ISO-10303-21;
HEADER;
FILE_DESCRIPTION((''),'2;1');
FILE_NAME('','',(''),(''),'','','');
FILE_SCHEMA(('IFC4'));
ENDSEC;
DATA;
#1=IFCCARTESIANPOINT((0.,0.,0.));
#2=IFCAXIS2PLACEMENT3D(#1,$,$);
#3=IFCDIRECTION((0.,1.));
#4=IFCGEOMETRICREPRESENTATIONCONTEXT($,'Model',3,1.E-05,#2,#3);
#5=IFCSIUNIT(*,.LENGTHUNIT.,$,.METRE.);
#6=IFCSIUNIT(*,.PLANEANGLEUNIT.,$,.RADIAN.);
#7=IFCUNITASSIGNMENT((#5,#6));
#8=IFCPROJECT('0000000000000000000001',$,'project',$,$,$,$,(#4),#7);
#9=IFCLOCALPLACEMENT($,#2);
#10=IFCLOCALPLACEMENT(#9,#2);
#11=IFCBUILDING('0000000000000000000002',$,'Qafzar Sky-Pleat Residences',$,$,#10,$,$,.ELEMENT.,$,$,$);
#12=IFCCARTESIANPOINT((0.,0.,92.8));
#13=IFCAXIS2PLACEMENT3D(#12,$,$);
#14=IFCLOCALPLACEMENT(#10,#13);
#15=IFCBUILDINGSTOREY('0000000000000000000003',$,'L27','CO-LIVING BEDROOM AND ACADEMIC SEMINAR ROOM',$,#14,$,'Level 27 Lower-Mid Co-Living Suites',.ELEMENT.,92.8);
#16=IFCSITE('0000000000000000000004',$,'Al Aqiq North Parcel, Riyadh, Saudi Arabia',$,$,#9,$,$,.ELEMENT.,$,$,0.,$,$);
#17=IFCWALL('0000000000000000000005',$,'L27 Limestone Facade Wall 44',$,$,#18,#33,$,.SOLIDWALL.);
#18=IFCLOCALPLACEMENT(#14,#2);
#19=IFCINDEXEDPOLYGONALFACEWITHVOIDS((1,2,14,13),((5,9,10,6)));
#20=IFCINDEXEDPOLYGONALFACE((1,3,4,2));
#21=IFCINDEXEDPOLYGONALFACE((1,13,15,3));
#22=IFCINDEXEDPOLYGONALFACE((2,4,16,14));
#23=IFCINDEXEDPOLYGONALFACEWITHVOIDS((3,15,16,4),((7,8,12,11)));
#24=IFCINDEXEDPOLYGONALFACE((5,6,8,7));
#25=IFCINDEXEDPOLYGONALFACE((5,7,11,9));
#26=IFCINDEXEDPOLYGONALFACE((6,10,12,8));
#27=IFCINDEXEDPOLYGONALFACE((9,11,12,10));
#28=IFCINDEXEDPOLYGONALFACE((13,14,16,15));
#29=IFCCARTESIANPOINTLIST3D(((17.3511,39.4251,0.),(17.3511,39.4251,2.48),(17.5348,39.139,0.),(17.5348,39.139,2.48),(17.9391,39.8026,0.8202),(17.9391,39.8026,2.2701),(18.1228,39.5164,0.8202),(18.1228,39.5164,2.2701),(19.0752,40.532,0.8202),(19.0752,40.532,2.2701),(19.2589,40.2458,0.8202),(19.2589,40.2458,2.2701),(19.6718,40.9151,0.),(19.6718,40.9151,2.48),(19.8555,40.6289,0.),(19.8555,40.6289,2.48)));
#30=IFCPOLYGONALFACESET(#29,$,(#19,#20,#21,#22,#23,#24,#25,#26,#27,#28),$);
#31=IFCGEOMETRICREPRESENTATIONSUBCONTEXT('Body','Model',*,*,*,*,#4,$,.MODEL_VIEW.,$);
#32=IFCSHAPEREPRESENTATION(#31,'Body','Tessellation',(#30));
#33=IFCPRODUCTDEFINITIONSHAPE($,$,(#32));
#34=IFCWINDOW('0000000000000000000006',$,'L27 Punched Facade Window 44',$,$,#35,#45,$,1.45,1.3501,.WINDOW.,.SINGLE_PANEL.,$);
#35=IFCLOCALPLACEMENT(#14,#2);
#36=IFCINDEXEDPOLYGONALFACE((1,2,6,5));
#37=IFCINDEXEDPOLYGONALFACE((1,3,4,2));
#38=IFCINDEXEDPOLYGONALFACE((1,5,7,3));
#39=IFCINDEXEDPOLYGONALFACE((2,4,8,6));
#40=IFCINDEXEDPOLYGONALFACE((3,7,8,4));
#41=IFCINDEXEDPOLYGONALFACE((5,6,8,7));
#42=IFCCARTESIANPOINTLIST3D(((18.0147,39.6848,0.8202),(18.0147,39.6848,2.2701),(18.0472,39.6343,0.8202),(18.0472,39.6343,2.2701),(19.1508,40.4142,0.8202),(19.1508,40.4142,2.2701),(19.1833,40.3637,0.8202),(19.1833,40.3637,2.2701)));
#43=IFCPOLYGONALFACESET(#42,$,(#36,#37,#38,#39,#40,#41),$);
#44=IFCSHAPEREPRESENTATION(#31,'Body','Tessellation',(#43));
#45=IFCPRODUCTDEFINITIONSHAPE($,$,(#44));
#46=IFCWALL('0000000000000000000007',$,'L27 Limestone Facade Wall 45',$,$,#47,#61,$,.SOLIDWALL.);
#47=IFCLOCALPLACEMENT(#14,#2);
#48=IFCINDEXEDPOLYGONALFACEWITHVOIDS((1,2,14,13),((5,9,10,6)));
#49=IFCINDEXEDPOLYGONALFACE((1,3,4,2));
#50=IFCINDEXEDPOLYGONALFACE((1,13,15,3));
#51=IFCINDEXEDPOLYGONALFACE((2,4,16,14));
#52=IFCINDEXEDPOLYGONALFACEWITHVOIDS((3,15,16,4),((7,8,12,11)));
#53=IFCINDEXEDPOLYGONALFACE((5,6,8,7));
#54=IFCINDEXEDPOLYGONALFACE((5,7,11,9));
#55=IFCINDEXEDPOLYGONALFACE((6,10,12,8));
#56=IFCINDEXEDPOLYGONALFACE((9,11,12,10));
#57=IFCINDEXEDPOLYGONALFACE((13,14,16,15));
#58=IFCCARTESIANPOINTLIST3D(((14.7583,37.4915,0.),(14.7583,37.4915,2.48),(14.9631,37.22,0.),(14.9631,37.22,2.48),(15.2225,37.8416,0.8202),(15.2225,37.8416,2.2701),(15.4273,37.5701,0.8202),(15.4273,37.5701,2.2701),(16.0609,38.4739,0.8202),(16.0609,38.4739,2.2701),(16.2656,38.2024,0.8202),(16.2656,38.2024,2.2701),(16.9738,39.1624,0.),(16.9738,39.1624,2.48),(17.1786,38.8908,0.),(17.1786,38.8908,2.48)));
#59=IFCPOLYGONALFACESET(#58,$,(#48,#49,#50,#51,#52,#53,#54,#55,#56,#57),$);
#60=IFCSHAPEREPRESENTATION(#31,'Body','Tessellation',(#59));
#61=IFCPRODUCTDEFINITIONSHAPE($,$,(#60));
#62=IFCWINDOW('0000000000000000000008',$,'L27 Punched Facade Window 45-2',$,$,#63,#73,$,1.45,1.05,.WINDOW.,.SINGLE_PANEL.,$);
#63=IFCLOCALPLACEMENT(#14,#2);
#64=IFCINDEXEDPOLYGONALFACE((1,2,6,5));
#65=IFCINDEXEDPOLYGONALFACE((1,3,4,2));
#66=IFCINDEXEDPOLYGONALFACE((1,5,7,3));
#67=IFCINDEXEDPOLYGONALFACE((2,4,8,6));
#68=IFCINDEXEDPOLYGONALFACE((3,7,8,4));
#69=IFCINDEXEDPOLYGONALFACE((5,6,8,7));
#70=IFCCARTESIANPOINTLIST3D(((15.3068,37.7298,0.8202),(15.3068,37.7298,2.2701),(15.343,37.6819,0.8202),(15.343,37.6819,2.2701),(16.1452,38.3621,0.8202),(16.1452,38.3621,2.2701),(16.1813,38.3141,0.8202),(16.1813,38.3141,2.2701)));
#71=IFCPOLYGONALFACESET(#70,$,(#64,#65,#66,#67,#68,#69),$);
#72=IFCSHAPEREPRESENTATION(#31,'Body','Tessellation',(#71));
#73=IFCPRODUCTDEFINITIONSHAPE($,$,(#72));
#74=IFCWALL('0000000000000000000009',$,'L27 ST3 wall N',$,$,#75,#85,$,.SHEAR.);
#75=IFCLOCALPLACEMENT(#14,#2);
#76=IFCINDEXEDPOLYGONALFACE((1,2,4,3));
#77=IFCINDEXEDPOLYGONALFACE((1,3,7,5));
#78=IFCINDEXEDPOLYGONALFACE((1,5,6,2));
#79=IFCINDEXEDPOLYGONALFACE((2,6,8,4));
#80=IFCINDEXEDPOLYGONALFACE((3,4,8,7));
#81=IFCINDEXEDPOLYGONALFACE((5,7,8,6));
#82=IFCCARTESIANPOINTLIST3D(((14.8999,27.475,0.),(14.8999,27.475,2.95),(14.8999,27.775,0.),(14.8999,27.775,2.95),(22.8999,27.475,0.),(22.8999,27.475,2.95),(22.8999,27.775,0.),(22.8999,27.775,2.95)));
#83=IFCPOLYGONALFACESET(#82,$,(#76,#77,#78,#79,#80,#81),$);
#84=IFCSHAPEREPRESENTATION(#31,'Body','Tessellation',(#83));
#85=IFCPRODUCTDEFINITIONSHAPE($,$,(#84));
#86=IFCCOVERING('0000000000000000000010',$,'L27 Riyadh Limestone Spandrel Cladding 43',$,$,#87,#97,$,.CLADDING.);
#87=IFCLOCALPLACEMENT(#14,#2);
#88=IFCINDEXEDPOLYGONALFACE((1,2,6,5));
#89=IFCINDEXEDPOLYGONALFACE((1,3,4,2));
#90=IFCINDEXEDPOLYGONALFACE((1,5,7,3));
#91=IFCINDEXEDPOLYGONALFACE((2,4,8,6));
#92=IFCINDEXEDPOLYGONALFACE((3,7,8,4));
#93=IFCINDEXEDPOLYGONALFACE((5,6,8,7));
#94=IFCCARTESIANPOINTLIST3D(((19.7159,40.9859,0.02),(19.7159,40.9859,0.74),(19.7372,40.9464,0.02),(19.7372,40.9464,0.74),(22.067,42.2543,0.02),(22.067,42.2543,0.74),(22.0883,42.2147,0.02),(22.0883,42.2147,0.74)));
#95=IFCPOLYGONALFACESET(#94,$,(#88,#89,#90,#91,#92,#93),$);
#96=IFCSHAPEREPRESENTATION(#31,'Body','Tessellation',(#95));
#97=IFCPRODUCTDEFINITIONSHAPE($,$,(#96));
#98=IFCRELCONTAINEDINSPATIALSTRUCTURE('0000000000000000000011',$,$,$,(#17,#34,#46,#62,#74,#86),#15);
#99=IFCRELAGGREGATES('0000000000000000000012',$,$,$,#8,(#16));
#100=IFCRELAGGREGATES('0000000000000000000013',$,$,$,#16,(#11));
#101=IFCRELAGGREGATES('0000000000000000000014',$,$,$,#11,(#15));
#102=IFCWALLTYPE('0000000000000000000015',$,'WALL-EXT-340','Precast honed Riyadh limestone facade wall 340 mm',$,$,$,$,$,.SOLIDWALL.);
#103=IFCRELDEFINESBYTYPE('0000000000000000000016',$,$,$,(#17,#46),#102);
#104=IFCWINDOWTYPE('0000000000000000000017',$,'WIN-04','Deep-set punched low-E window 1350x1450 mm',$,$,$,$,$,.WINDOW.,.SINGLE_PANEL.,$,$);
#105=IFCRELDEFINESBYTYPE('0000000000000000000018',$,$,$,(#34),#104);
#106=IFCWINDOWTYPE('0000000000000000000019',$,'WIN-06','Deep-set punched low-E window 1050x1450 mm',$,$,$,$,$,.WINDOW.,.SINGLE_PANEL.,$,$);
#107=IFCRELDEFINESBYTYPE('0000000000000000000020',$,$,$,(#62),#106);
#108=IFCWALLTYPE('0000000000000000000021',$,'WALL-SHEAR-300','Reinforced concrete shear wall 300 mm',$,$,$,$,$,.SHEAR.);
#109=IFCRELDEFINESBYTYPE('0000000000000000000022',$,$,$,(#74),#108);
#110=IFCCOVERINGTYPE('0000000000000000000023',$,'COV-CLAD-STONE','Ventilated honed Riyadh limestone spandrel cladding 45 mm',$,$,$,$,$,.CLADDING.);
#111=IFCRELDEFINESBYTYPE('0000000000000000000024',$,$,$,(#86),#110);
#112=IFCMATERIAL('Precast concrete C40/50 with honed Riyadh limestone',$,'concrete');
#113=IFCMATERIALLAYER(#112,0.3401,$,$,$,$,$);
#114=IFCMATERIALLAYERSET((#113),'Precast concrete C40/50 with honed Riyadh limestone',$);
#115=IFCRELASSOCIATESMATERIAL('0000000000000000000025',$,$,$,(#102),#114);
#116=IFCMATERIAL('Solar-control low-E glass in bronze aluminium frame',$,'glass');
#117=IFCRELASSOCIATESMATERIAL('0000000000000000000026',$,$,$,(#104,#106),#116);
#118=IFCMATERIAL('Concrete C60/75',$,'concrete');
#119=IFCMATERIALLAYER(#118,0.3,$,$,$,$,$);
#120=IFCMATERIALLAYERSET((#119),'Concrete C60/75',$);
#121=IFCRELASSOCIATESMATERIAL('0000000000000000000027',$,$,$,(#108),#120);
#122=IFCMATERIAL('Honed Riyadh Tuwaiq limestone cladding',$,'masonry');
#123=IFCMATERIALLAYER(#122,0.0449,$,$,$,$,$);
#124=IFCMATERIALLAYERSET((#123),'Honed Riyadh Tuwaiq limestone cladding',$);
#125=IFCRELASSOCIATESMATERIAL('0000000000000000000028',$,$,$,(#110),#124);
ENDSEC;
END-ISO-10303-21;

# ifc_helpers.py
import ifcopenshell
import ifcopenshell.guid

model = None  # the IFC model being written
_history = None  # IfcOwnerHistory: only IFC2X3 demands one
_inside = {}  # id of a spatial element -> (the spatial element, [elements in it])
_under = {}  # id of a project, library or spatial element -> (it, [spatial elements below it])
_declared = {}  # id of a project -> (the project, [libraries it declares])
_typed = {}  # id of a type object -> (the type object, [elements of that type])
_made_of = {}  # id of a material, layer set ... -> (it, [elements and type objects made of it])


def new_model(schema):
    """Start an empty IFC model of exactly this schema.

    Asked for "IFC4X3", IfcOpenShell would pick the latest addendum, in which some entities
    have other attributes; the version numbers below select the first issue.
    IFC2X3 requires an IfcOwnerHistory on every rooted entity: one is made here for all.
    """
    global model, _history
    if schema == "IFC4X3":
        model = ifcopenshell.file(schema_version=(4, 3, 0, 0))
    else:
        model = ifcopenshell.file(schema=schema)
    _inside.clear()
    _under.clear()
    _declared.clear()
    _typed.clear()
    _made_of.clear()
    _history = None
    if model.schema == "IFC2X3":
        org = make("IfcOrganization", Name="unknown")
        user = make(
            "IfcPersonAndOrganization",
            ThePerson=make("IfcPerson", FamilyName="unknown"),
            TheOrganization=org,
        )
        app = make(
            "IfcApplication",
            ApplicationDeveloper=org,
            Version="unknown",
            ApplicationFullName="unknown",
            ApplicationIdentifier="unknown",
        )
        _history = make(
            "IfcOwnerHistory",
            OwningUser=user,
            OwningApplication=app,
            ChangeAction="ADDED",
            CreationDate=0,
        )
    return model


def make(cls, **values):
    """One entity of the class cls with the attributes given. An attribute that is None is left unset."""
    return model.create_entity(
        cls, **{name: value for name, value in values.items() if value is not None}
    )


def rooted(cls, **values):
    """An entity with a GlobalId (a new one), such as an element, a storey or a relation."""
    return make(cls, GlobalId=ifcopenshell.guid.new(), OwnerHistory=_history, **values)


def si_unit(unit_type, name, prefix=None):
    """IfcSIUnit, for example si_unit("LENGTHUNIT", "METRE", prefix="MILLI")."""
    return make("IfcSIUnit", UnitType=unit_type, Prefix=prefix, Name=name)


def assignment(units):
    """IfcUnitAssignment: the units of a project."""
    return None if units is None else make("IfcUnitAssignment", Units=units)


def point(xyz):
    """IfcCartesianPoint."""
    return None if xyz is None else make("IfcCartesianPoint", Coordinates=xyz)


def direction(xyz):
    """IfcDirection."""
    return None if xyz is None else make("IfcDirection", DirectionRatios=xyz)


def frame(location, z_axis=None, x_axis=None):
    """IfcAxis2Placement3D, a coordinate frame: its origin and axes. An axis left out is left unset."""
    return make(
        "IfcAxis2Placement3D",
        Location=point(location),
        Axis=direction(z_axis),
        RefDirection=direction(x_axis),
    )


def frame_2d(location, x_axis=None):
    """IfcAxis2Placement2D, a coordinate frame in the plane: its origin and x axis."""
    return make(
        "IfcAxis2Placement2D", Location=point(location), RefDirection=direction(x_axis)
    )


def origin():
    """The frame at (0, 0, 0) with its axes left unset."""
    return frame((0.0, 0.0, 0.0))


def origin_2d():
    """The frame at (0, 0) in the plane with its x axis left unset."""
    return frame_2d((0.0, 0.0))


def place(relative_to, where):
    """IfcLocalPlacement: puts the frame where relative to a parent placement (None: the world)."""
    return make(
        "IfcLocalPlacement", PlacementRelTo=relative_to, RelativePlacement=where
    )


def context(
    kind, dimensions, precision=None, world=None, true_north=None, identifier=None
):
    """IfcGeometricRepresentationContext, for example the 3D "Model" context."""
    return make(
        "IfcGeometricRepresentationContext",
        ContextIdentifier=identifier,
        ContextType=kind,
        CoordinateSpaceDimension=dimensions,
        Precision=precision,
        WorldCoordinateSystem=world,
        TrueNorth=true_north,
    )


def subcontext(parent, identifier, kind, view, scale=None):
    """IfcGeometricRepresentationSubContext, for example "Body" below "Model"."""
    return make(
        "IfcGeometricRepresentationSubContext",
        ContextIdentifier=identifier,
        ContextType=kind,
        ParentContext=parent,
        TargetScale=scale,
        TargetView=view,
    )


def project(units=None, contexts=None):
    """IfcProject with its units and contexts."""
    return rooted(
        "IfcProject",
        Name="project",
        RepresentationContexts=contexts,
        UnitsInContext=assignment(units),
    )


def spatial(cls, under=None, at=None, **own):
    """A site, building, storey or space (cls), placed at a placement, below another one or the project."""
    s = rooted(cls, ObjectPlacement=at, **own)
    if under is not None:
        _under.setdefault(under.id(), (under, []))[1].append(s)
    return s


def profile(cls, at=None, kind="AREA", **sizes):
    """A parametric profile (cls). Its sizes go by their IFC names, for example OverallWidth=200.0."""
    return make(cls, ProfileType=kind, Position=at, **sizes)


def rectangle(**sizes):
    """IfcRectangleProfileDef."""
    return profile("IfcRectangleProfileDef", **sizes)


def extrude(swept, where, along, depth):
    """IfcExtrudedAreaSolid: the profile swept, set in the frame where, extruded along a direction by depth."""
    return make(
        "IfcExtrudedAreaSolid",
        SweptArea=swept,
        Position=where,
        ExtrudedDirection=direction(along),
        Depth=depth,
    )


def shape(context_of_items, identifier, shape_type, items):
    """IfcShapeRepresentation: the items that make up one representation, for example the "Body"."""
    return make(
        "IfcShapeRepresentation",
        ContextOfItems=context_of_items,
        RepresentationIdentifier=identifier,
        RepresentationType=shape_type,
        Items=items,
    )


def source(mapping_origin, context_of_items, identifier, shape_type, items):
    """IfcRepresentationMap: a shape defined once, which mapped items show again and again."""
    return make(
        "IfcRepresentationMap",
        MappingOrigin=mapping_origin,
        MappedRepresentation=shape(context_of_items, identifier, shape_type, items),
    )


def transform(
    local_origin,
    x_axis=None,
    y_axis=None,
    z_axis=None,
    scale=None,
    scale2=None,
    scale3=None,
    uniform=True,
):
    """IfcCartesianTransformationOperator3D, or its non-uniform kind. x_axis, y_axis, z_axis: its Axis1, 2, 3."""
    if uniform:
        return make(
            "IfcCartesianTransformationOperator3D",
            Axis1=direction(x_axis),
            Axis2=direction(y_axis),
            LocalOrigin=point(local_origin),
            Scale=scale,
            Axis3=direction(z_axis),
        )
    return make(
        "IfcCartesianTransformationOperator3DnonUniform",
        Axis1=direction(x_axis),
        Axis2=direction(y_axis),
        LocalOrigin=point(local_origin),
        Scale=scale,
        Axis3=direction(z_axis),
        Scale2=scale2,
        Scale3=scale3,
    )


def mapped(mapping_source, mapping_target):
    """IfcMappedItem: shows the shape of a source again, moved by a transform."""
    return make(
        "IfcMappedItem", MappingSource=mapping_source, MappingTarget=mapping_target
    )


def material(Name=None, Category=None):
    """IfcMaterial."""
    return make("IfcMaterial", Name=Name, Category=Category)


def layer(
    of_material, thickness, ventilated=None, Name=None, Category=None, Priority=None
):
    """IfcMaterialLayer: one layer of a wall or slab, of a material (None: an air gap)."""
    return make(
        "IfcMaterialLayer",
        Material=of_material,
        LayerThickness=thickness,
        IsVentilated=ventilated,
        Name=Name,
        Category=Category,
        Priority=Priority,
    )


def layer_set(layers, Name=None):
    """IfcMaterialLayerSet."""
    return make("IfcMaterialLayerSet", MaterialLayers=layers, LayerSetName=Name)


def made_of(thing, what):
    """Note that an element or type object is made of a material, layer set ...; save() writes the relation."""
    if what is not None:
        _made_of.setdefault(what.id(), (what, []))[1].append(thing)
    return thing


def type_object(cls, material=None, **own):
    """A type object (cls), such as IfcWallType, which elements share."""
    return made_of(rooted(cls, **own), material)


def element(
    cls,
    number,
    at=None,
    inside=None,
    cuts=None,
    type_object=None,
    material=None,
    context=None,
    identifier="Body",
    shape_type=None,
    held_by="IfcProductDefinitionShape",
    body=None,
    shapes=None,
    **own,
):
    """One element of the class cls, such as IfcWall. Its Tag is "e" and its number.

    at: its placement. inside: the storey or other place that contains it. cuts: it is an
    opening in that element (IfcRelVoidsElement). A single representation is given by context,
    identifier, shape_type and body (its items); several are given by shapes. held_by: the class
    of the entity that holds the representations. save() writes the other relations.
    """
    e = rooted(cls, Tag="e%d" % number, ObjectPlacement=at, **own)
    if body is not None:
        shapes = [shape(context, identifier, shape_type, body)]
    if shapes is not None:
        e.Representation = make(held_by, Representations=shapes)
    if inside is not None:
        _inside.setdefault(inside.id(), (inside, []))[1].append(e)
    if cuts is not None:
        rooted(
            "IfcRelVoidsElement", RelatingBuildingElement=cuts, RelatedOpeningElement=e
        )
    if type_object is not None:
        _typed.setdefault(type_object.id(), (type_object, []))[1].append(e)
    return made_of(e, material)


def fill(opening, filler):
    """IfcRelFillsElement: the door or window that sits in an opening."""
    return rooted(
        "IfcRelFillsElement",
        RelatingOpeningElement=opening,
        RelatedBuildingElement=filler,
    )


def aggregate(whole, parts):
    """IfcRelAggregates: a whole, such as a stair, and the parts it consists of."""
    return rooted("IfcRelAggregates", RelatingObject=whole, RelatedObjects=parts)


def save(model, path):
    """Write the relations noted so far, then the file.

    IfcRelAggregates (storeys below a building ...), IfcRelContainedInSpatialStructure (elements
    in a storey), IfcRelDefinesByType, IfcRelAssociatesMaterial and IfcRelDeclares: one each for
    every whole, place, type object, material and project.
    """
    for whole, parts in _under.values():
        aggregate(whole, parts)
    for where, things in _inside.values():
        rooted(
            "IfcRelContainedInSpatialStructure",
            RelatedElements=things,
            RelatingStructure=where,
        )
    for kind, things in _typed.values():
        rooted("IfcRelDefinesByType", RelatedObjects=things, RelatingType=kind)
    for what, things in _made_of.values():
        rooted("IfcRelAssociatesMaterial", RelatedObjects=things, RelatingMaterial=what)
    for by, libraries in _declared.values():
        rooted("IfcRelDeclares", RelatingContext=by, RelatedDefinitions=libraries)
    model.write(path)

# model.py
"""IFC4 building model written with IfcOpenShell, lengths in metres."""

from ifc_helpers import new_model, si_unit, direction, frame, frame_2d, origin, origin_2d, place, context, subcontext, project, spatial, rectangle, extrude, source, transform, mapped, material, layer, layer_set, type_object, element, fill, save


model = new_model("IFC4")

# Units and contexts
model_context = context("Model", 3, precision=1e-05, world=origin(), true_north=direction((0.0, 1.0)))
body_context = subcontext(model_context, "Body", "Model", "MODEL_VIEW")
ifc_project = project(units=[si_unit("LENGTHUNIT", "METRE"), si_unit("PLANEANGLEUNIT", "RADIAN")], contexts=[model_context])

# Site, building, storey
site_placement = place(None, origin())
site = spatial("IfcSite", under=ifc_project, at=site_placement, Name="Al Aqiq North Parcel, Riyadh, Saudi Arabia", CompositionType="ELEMENT", RefElevation=0.0)
building_placement = place(site_placement, origin())
building = spatial("IfcBuilding", under=site, at=building_placement, Name="Qafzar Sky-Pleat Residences", CompositionType="ELEMENT")
storey_placement = place(building_placement, frame((0.0, 0.0, 92.8)))
storey = spatial("IfcBuildingStorey", under=building, at=storey_placement, Name="L27", Description="CO-LIVING BEDROOM AND ACADEMIC SEMINAR ROOM", LongName="Level 27 Lower-Mid Co-Living Suites", CompositionType="ELEMENT", Elevation=92.8)

# Shared definitions
ifc_material_1 = material(Name="Concrete C60/75", Category="concrete")

# Walls, openings, windows
ifc_material_2 = material(Name="Precast concrete C40/50 with honed Riyadh limestone", Category="concrete")
ifc_layer_1 = layer(ifc_material_2, 0.3401)
ifc_layer_set_1 = layer_set([ifc_layer_1], Name="Precast concrete C40/50 with honed Riyadh limestone")
wall_type_1 = type_object("IfcWallType", Name="WALL-EXT-340", Description="Precast honed Riyadh limestone facade wall 340 mm", PredefinedType="SOLIDWALL", material=ifc_layer_set_1)
ifc_material_3 = material(Name="Solar-control low-E glass in bronze aluminium frame", Category="glass")
wall_1_placement = place(storey_placement, frame((19.7637, 40.772, 0.0), z_axis=(0.0, 0.0, 1.0), x_axis=(-0.8415, -0.540256, 0.0)))
wall_1 = element("IfcWall", 1, at=wall_1_placement, inside=storey, type_object=wall_type_1, Name="L27 Limestone Facade Wall 44", PredefinedType="SOLIDWALL", context=body_context, shape_type="SweptSolid", body=[
    extrude(rectangle(XDim=2.7578, YDim=0.3401, at=frame_2d((1.3789, 0.0))), origin(), (0.0, 0.0, 1.0), 2.48),
])
opening_1_placement = place(wall_1_placement, frame((0.709, 0.0, 0.8201)))
opening_1 = element("IfcOpeningElement", 2, at=opening_1_placement, cuts=wall_1, PredefinedType="OPENING", context=body_context, shape_type="SweptSolid", body=[
    extrude(rectangle(XDim=1.3501, YDim=1.45, at=frame_2d((0.675, 0.7251))), frame((0.0, 0.1802, 0.0), z_axis=(0.0, -1.0, 0.0), x_axis=(1.0, 0.0, 0.0)), (0.0, 0.0, 1.0), 0.3601),
])
window_type_1 = type_object("IfcWindowType", Name="WIN-04", Description="Deep-set punched low-E window 1350x1450 mm", PartitioningType="SINGLE_PANEL", PredefinedType="WINDOW", material=ifc_material_3)
shared_shape_1 = source(origin(), body_context, "Body", "SweptSolid", [
    extrude(rectangle(XDim=1.3501, YDim=1.45, at=frame_2d((0.675, 0.7251))), frame((0.0, 0.03, 0.0), z_axis=(0.0, -1.0, 0.0), x_axis=(1.0, 0.0, 0.0)), (0.0, 0.0, 1.0), 0.0601),
])
window_1_placement = place(opening_1_placement, origin())
window_1 = element("IfcWindow", 3, at=window_1_placement, inside=storey, type_object=window_type_1, Name="L27 Punched Facade Window 44", OverallHeight=1.45, OverallWidth=1.3501, PartitioningType="SINGLE_PANEL", PredefinedType="WINDOW", context=body_context, shape_type="MappedRepresentation", body=[
    mapped(shared_shape_1, transform((0.0, 0.0, 0.0), x_axis=(1.0, 0.0, 0.0), y_axis=(0.0, 1.0, 0.0), z_axis=(0.0, 0.0, 1.0), scale=1.0)),
])
fill(opening_1, window_1)
wall_2_placement = place(storey_placement, frame((17.0762, 39.0266, 0.0), z_axis=(0.0, 0.0, 1.0), x_axis=(-0.798403, -0.602123, 0.0)))
wall_2 = element("IfcWall", 4, at=wall_2_placement, inside=storey, type_object=wall_type_1, Name="L27 Limestone Facade Wall 45", PredefinedType="SOLIDWALL", context=body_context, shape_type="SweptSolid", body=[
    extrude(rectangle(XDim=2.7749, YDim=0.3401, at=frame_2d((1.3875, 0.0))), origin(), (0.0, 0.0, 1.0), 2.48),
])
opening_2_placement = place(wall_2_placement, frame((1.1436, 0.0, 0.8201)))
opening_2 = element("IfcOpeningElement", 5, at=opening_2_placement, cuts=wall_2, PredefinedType="OPENING", context=body_context, shape_type="SweptSolid", body=[
    extrude(rectangle(XDim=1.05, YDim=1.45, at=frame_2d((0.5249, 0.7251))), frame((0.0, 0.1802, 0.0), z_axis=(0.0, -1.0, 0.0), x_axis=(1.0, 0.0, 0.0)), (0.0, 0.0, 1.0), 0.3601),
])
window_type_2 = type_object("IfcWindowType", Name="WIN-06", Description="Deep-set punched low-E window 1050x1450 mm", PartitioningType="SINGLE_PANEL", PredefinedType="WINDOW", material=ifc_material_3)
shared_shape_2 = source(origin(), body_context, "Body", "SweptSolid", [
    extrude(rectangle(XDim=1.05, YDim=1.45, at=frame_2d((0.5249, 0.7251))), frame((0.0, 0.03, 0.0), z_axis=(0.0, -1.0, 0.0), x_axis=(1.0, 0.0, 0.0)), (0.0, 0.0, 1.0), 0.0601),
])
window_2_placement = place(opening_2_placement, origin())
window_2 = element("IfcWindow", 6, at=window_2_placement, inside=storey, type_object=window_type_2, Name="L27 Punched Facade Window 45-2", OverallHeight=1.45, OverallWidth=1.05, PartitioningType="SINGLE_PANEL", PredefinedType="WINDOW", context=body_context, shape_type="MappedRepresentation", body=[
    mapped(shared_shape_2, transform((0.0, 0.0, 0.0), x_axis=(1.0, 0.0, 0.0), y_axis=(0.0, 1.0, 0.0), z_axis=(0.0, 0.0, 1.0), scale=1.0)),
])
fill(opening_2, window_2)

# Wall
ifc_layer_2 = layer(ifc_material_1, 0.3)
ifc_layer_set_2 = layer_set([ifc_layer_2], Name="Concrete C60/75")
wall_type_2 = type_object("IfcWallType", Name="WALL-SHEAR-300", Description="Reinforced concrete shear wall 300 mm", PredefinedType="SHEAR", material=ifc_layer_set_2)
wall_3_placement = place(storey_placement, frame((22.8999, 27.625, 0.0), z_axis=(0.0, 0.0, 1.0), x_axis=(-1.0, 0.0, 0.0)))
element("IfcWall", 7, at=wall_3_placement, inside=storey, type_object=wall_type_2, Name="L27 ST3 wall N", PredefinedType="SHEAR", context=body_context, shape_type="SweptSolid", body=[
    extrude(rectangle(XDim=8.0, YDim=0.3, at=frame_2d((4.0, 0.0))), origin(), (0.0, 0.0, 1.0), 2.95),
])

# Covering
ifc_material_4 = material(Name="Honed Riyadh Tuwaiq limestone cladding", Category="masonry")
ifc_layer_3 = layer(ifc_material_4, 0.0449)
ifc_layer_set_3 = layer_set([ifc_layer_3], Name="Honed Riyadh Tuwaiq limestone cladding")
covering_type = type_object("IfcCoveringType", Name="COV-CLAD-STONE", Description="Ventilated honed Riyadh limestone spandrel cladding 45 mm", PredefinedType="CLADDING", material=ifc_layer_set_3)
shared_shape_3 = source(origin(), body_context, "Body", "SweptSolid", [
    extrude(rectangle(XDim=2.6714, YDim=0.0449, at=origin_2d()), origin(), (0.0, 0.0, 1.0), 0.72),
])
covering_placement = place(storey_placement, frame((20.9021, 41.6003, 0.02), z_axis=(0.0, 0.0, 1.0), x_axis=(-0.880101, -0.474787, 0.0)))
element("IfcCovering", 8, at=covering_placement, inside=storey, type_object=covering_type, Name="L27 Riyadh Limestone Spandrel Cladding 43", PredefinedType="CLADDING", context=body_context, shape_type="MappedRepresentation", body=[
    mapped(shared_shape_3, transform((0.0, 0.0, 0.0), x_axis=(1.0, 0.0, 0.0), y_axis=(0.0, 1.0, 0.0), z_axis=(0.0, 0.0, 1.0), scale=1.0)),
])

save(model, "model.ifc")
